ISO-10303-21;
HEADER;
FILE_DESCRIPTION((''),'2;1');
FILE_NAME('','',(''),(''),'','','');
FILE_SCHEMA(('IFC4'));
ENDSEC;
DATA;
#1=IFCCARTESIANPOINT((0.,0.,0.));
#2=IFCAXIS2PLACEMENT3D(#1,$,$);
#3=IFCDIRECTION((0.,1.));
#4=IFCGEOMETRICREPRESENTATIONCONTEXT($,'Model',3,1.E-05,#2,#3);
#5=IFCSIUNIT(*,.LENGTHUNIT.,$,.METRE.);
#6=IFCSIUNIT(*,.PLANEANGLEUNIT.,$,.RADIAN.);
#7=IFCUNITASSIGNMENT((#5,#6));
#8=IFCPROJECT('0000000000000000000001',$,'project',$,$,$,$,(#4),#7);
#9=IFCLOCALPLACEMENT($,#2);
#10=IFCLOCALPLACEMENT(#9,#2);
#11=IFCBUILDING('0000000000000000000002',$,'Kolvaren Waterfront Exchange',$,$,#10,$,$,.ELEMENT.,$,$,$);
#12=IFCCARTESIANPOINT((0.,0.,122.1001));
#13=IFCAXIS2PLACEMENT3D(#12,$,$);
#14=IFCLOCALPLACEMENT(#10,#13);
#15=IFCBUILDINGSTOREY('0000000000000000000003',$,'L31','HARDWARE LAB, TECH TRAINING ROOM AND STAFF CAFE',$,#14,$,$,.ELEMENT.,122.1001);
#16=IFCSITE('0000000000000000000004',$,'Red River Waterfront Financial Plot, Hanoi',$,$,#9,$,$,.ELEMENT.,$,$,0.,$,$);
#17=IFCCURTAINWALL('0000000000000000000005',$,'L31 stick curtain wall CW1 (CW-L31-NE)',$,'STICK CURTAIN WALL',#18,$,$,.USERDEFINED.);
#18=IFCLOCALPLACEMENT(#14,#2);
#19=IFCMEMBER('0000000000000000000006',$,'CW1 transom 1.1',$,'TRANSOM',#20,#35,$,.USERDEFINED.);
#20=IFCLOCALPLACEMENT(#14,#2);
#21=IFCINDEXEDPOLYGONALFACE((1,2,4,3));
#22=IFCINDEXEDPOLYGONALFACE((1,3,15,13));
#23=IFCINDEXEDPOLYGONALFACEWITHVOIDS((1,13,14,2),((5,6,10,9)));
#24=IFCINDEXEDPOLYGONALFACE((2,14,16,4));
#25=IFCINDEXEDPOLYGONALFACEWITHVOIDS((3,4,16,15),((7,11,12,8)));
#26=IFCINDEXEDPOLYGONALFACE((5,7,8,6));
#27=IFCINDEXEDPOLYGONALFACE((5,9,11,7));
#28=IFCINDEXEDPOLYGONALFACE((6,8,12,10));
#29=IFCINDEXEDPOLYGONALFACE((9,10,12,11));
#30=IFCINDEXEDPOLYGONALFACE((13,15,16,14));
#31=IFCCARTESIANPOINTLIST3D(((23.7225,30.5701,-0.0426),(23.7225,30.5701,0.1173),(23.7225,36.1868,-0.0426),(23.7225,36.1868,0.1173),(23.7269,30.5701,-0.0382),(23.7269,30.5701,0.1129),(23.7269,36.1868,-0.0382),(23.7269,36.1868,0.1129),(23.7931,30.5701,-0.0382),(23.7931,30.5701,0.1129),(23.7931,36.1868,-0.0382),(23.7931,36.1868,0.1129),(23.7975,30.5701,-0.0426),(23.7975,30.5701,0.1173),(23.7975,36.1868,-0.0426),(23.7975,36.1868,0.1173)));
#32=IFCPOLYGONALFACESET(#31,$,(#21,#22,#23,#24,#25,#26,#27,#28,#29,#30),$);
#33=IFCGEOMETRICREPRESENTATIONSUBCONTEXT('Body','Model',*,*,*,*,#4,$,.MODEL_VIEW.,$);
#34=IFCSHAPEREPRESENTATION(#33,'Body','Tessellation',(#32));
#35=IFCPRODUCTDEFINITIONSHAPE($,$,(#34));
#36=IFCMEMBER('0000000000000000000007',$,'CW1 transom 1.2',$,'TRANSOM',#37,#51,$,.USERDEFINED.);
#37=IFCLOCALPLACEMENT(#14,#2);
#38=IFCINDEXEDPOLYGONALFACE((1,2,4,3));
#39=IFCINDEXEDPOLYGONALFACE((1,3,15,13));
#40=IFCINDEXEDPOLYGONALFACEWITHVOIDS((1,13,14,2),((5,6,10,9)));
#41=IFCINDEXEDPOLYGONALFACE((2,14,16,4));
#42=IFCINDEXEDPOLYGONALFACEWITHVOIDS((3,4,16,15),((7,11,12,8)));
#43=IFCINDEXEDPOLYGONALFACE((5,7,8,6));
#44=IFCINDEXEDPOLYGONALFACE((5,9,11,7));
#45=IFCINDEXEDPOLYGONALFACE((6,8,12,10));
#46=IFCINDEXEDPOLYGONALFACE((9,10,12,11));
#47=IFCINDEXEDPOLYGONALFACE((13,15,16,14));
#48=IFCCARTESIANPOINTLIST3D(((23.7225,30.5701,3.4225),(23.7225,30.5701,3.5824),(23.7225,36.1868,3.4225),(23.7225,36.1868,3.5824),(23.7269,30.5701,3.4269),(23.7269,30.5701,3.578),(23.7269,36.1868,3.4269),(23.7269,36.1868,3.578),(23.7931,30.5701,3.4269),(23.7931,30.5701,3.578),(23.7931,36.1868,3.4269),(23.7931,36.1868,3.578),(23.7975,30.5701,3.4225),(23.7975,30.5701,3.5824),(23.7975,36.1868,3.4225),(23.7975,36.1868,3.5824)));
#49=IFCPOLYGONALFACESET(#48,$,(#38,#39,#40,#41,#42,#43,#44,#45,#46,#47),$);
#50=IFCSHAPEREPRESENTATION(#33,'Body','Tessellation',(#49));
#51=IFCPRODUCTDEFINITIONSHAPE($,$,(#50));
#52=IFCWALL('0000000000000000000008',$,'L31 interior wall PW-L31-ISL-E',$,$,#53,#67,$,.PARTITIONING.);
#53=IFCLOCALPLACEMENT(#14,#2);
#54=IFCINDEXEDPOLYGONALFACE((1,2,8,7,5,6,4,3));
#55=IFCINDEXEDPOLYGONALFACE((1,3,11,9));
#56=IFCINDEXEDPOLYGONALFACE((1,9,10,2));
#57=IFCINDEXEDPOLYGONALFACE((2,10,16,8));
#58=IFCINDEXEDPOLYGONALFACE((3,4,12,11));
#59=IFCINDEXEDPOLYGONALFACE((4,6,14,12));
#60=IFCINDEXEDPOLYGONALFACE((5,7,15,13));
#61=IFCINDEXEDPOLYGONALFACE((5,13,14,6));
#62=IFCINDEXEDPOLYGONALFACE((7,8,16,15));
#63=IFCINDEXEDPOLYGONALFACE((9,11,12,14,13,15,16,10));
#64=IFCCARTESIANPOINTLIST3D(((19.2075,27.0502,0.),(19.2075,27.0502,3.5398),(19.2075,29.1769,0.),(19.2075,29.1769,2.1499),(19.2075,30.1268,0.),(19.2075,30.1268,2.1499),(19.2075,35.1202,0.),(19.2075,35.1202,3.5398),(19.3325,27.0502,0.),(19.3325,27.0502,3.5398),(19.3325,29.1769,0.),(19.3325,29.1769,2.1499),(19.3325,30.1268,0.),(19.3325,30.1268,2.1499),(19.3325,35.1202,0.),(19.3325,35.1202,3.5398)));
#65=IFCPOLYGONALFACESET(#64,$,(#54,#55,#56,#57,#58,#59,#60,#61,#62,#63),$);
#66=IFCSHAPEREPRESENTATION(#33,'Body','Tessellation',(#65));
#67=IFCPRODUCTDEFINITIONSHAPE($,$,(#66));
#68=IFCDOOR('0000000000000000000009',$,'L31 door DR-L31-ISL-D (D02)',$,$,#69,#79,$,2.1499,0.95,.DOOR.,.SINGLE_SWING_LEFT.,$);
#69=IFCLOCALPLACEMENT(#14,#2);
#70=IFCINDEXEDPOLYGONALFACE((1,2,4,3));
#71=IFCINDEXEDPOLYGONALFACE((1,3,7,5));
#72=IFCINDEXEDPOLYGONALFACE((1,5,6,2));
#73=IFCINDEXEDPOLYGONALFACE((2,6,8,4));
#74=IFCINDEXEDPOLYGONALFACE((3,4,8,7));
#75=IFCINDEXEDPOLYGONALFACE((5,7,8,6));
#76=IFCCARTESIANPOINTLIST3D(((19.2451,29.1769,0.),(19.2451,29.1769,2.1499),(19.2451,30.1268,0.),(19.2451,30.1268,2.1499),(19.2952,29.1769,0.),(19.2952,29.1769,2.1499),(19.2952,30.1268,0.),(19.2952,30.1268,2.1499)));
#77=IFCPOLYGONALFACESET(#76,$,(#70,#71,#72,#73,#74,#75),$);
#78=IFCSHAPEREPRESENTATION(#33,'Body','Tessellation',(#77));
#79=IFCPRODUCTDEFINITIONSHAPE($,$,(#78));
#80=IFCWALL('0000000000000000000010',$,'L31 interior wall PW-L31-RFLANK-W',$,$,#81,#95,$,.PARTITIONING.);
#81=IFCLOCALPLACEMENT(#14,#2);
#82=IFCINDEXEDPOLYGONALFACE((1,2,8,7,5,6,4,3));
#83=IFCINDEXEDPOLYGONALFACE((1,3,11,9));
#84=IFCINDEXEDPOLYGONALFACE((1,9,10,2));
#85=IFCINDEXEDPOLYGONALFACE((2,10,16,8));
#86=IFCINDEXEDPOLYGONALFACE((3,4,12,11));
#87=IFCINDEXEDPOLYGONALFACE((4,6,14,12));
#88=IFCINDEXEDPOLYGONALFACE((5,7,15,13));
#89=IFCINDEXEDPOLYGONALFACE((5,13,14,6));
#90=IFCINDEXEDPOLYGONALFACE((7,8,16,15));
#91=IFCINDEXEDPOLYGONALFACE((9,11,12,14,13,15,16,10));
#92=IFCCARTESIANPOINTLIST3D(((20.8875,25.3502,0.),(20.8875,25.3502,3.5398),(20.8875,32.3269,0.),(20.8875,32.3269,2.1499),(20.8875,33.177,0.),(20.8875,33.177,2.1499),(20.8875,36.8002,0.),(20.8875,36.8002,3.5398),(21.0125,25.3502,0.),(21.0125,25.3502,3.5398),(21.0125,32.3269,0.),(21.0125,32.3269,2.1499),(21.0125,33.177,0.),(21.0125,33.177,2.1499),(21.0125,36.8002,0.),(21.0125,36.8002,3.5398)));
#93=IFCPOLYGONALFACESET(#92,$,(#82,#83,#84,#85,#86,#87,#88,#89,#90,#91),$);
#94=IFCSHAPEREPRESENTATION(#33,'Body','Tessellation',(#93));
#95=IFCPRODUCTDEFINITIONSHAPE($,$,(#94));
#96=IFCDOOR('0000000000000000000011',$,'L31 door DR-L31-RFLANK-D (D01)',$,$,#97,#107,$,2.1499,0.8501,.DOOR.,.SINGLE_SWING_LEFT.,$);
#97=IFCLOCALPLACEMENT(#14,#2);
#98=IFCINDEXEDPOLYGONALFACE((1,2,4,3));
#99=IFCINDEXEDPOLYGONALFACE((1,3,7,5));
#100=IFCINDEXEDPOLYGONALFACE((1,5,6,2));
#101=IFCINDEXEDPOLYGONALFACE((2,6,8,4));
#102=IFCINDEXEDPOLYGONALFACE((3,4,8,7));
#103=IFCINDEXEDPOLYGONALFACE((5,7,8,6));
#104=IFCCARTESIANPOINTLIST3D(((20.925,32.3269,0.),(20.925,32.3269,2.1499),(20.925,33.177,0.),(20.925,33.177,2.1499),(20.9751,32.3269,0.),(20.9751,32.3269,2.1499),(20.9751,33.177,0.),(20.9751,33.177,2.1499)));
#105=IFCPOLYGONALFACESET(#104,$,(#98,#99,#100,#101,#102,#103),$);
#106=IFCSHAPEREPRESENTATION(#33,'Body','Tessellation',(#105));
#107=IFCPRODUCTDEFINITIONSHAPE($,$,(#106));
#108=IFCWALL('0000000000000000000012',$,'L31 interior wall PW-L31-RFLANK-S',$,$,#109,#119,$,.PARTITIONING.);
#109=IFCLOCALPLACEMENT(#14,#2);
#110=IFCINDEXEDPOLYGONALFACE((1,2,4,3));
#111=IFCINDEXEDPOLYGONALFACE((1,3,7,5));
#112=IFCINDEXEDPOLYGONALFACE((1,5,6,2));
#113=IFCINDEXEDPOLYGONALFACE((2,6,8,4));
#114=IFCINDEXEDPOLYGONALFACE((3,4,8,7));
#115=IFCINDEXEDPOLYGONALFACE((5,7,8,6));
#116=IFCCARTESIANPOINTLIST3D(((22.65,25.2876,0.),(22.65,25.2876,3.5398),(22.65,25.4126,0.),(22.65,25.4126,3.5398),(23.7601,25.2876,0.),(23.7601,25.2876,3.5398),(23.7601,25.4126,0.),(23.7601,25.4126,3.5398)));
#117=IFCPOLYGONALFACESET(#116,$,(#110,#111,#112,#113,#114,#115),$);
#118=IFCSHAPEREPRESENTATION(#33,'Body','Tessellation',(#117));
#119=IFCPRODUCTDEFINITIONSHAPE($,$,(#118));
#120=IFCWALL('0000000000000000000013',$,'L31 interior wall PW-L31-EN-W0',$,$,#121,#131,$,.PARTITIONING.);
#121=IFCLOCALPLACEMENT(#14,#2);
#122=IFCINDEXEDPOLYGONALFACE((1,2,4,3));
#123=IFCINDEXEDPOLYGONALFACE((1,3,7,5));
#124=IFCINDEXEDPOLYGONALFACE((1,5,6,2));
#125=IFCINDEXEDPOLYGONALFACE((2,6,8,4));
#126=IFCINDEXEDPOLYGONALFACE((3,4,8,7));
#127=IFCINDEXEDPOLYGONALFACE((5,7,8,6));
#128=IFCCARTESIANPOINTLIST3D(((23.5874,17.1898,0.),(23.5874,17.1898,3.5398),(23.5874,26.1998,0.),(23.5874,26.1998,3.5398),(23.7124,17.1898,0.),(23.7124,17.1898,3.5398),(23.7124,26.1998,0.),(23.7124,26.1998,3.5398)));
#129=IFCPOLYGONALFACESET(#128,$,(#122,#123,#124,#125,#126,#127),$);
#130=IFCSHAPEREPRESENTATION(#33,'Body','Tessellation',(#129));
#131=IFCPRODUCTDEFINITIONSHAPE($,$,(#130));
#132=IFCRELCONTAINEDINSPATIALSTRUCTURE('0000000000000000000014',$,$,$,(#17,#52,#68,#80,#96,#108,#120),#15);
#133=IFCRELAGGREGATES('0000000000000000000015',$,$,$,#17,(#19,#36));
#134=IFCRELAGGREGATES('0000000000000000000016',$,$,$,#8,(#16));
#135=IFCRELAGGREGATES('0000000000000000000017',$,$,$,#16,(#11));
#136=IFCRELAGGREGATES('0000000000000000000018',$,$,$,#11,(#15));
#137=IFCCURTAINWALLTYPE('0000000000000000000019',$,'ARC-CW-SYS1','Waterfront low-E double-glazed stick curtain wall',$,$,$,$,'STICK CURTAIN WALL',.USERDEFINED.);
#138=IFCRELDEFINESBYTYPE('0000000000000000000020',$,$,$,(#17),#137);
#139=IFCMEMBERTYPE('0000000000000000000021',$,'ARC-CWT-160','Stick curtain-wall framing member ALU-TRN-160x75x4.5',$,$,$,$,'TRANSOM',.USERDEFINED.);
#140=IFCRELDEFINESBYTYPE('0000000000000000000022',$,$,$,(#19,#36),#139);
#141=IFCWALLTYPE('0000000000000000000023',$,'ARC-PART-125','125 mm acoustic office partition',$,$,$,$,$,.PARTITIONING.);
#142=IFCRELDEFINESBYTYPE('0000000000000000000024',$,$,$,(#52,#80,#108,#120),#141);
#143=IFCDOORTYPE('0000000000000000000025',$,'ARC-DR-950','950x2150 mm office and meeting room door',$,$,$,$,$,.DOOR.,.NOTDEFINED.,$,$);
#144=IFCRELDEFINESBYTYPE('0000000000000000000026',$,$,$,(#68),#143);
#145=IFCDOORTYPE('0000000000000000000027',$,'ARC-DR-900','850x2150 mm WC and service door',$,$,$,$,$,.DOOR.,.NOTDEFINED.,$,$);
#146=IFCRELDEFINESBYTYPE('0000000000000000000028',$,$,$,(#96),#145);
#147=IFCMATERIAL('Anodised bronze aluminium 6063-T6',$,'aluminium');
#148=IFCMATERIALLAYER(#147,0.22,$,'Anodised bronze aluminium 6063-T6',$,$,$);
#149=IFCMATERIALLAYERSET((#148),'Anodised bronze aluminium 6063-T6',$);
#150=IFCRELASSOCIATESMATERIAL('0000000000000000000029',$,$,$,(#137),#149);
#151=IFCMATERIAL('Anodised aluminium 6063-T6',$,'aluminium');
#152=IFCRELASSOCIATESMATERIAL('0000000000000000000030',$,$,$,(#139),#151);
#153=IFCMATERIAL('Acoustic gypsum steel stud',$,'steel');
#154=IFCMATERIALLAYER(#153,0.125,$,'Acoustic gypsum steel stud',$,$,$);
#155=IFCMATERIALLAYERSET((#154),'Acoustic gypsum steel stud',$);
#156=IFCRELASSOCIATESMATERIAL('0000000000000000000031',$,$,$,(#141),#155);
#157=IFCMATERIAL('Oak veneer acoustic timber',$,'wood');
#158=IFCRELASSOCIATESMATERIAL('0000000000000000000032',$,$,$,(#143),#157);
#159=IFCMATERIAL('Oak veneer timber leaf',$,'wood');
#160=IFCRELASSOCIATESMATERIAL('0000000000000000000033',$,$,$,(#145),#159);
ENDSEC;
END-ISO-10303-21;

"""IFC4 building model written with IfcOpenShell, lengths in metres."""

from ifc_helpers import new_model, si_unit, direction, frame, frame_2d, origin, origin_with_axes, origin_2d, place, context, subcontext, project, spatial, rectangle, hollow_rectangle, extrude, source, transform, mapped, material, layer, layer_set, material_profile, profile_set, type_object, element, fill, aggregate, save


model = new_model("IFC4")

# Units and contexts
model_context = context("Model", 3, precision=1e-05, world=origin(), true_north=direction((0.0, 1.0)))
body_context = subcontext(model_context, "Body", "Model", "MODEL_VIEW")
ifc_project = project(units=[si_unit("LENGTHUNIT", "METRE"), si_unit("PLANEANGLEUNIT", "RADIAN")], contexts=[model_context])

# Site, building, storey
site_placement = place(None, origin())
site = spatial("IfcSite", under=ifc_project, at=site_placement, Name="Red River Waterfront Financial Plot, Hanoi", CompositionType="ELEMENT", RefElevation=0.0)
building_placement = place(site_placement, origin())
building = spatial("IfcBuilding", under=site, at=building_placement, Name="Kolvaren Waterfront Exchange", CompositionType="ELEMENT")
storey_placement = place(building_placement, frame((0.0, 0.0, 122.1001)))
storey = spatial("IfcBuildingStorey", under=building, at=storey_placement, Name="L31", Description="HARDWARE LAB, TECH TRAINING ROOM AND STAFF CAFE", CompositionType="ELEMENT", Elevation=122.1001)

# Curtain wall, members
ifc_material_1 = material(Name="Anodised bronze aluminium 6063-T6", Category="aluminium")
ifc_layer_1 = layer(ifc_material_1, 0.22, Name="Anodised bronze aluminium 6063-T6")
ifc_layer_set_1 = layer_set([ifc_layer_1], Name="Anodised bronze aluminium 6063-T6")
curtain_wall_type = type_object("IfcCurtainWallType", Name="ARC-CW-SYS1", Description="Waterfront low-E double-glazed stick curtain wall", ElementType="STICK CURTAIN WALL", PredefinedType="USERDEFINED", material=ifc_layer_set_1)
curtain_wall_placement = place(storey_placement, origin())
curtain_wall = element("IfcCurtainWall", 1, at=curtain_wall_placement, inside=storey, type_object=curtain_wall_type, Name="L31 stick curtain wall CW1 (CW-L31-NE)", ObjectType="STICK CURTAIN WALL", PredefinedType="USERDEFINED")
ifc_material_2 = material(Name="Anodised aluminium 6063-T6", Category="aluminium")
ifc_material_profile_1 = material_profile(ifc_material_2, hollow_rectangle(XDim=0.075, YDim=0.1599, WallThickness=0.0044, at=origin_2d()), Name="ALU-TRN-160x75x4.5")
ifc_profile_set_1 = profile_set([ifc_material_profile_1], Name="Anodised aluminium 6063-T6")
member_type_1 = type_object("IfcMemberType", Name="ARC-CWT-160", Description="Stick curtain-wall framing member ALU-TRN-160x75x4.5", ElementType="TRANSOM", PredefinedType="USERDEFINED", material=ifc_profile_set_1)
shared_shape_1 = source(origin_with_axes(), body_context, "Body", "SweptSolid", [
    extrude(hollow_rectangle(XDim=0.075, YDim=0.1599, WallThickness=0.0044, at=origin_2d()), origin(), (0.0, 0.0, 1.0), 5.6167),
])
member_1_placement = place(storey_placement, frame((23.76, 30.5701, 0.0374), z_axis=(0.0, 1.0, 0.0), x_axis=(-1.0, 0.0, 0.0)))
member_1 = element("IfcMember", 2, at=member_1_placement, type_object=member_type_1, Name="CW1 transom 1.1", ObjectType="TRANSOM", PredefinedType="USERDEFINED", context=body_context, shape_type="MappedRepresentation", body=[
    mapped(shared_shape_1, transform((0.0, 0.0, 0.0), x_axis=(1.0, 0.0, 0.0), y_axis=(0.0, 1.0, 0.0), z_axis=(0.0, 0.0, 1.0), scale=1.0)),
])
member_2_placement = place(storey_placement, frame((23.76, 30.5701, 3.5024), z_axis=(0.0, 1.0, 0.0), x_axis=(-1.0, 0.0, 0.0)))
member_2 = element("IfcMember", 3, at=member_2_placement, type_object=member_type_1, Name="CW1 transom 1.2", ObjectType="TRANSOM", PredefinedType="USERDEFINED", context=body_context, shape_type="MappedRepresentation", body=[
    mapped(shared_shape_1, transform((0.0, 0.0, 0.0), x_axis=(1.0, 0.0, 0.0), y_axis=(0.0, 1.0, 0.0), z_axis=(0.0, 0.0, 1.0), scale=1.0)),
])
aggregate(curtain_wall, [member_1, member_2])

# Walls, openings, doors
ifc_material_3 = material(Name="Acoustic gypsum steel stud", Category="steel")
ifc_layer_2 = layer(ifc_material_3, 0.125, Name="Acoustic gypsum steel stud")
ifc_layer_set_2 = layer_set([ifc_layer_2], Name="Acoustic gypsum steel stud")
wall_type_1 = type_object("IfcWallType", Name="ARC-PART-125", Description="125 mm acoustic office partition", PredefinedType="PARTITIONING", material=ifc_layer_set_2)
wall_1_placement = place(storey_placement, frame((19.27, 27.05, 0.0), z_axis=(0.0, 0.0, 1.0), x_axis=(0.0, 1.0, 0.0)))
wall_1 = element("IfcWall", 4, at=wall_1_placement, inside=storey, type_object=wall_type_1, Name="L31 interior wall PW-L31-ISL-E", PredefinedType="PARTITIONING", context=body_context, shape_type="SweptSolid", body=[
    extrude(rectangle(XDim=8.0701, YDim=0.125, at=frame_2d((4.0352, 0.0))), origin(), (0.0, 0.0, 1.0), 3.5398),
])
opening_1_placement = place(wall_1_placement, frame((2.1267, 0.0, 0.0)))
opening_1 = element("IfcOpeningElement", 5, at=opening_1_placement, cuts=wall_1, PredefinedType="OPENING", context=body_context, shape_type="SweptSolid", body=[
    extrude(rectangle(XDim=0.95, YDim=2.1499, at=frame_2d((0.4751, 1.075))), frame((0.0, 0.0725, 0.0), z_axis=(0.0, -1.0, 0.0), x_axis=(1.0, 0.0, 0.0)), (0.0, 0.0, 1.0), 0.145),
])
ifc_material_4 = material(Name="Oak veneer acoustic timber", Category="wood")
door_type_1 = type_object("IfcDoorType", Name="ARC-DR-950", Description="950x2150 mm office and meeting room door", OperationType="NOTDEFINED", PredefinedType="DOOR", material=ifc_material_4)
door_1_placement = place(opening_1_placement, origin())
door_1 = element("IfcDoor", 6, at=door_1_placement, inside=storey, type_object=door_type_1, Name="L31 door DR-L31-ISL-D (D02)", OperationType="SINGLE_SWING_LEFT", OverallHeight=2.1499, OverallWidth=0.95, PredefinedType="DOOR", context=body_context, shape_type="SweptSolid", body=[
    extrude(rectangle(XDim=0.95, YDim=2.1499, at=frame_2d((0.4751, 1.075))), frame((0.0, 0.0249, 0.0), z_axis=(0.0, -1.0, 0.0), x_axis=(1.0, 0.0, 0.0)), (0.0, 0.0, 1.0), 0.05),
])
fill(opening_1, door_1)
wall_2_placement = place(storey_placement, frame((20.95, 25.3501, 0.0), z_axis=(0.0, 0.0, 1.0), x_axis=(0.0, 1.0, 0.0)))
wall_2 = element("IfcWall", 7, at=wall_2_placement, inside=storey, type_object=wall_type_1, Name="L31 interior wall PW-L31-RFLANK-W", PredefinedType="PARTITIONING", context=body_context, shape_type="SweptSolid", body=[
    extrude(rectangle(XDim=11.45, YDim=0.125, at=frame_2d((5.7251, 0.0))), origin(), (0.0, 0.0, 1.0), 3.5398),
])
opening_2_placement = place(wall_2_placement, frame((6.9768, 0.0, 0.0)))
opening_2 = element("IfcOpeningElement", 8, at=opening_2_placement, cuts=wall_2, PredefinedType="OPENING", context=body_context, shape_type="SweptSolid", body=[
    extrude(rectangle(XDim=0.8501, YDim=2.1499, at=frame_2d((0.425, 1.075))), frame((0.0, 0.0725, 0.0), z_axis=(0.0, -1.0, 0.0), x_axis=(1.0, 0.0, 0.0)), (0.0, 0.0, 1.0), 0.145),
])
ifc_material_5 = material(Name="Oak veneer timber leaf", Category="wood")
door_type_2 = type_object("IfcDoorType", Name="ARC-DR-900", Description="850x2150 mm WC and service door", OperationType="NOTDEFINED", PredefinedType="DOOR", material=ifc_material_5)
door_2_placement = place(opening_2_placement, origin())
door_2 = element("IfcDoor", 9, at=door_2_placement, inside=storey, type_object=door_type_2, Name="L31 door DR-L31-RFLANK-D (D01)", OperationType="SINGLE_SWING_LEFT", OverallHeight=2.1499, OverallWidth=0.8501, PredefinedType="DOOR", context=body_context, shape_type="SweptSolid", body=[
    extrude(rectangle(XDim=0.8501, YDim=2.1499, at=frame_2d((0.425, 1.075))), frame((0.0, 0.0249, 0.0), z_axis=(0.0, -1.0, 0.0), x_axis=(1.0, 0.0, 0.0)), (0.0, 0.0, 1.0), 0.05),
])
fill(opening_2, door_2)

# Walls
wall_3_placement = place(storey_placement, frame((22.6499, 25.3501, 0.0), z_axis=(0.0, 0.0, 1.0), x_axis=(1.0, 0.0, 0.0)))
element("IfcWall", 10, at=wall_3_placement, inside=storey, type_object=wall_type_1, Name="L31 interior wall PW-L31-RFLANK-S", PredefinedType="PARTITIONING", context=body_context, shape_type="SweptSolid", body=[
    extrude(rectangle(XDim=1.1101, YDim=0.125, at=frame_2d((0.5552, 0.0))), origin(), (0.0, 0.0, 1.0), 3.5398),
])
wall_4_placement = place(storey_placement, frame((23.6499, 17.1899, 0.0), z_axis=(0.0, 0.0, 1.0), x_axis=(0.0, 1.0, 0.0)))
element("IfcWall", 11, at=wall_4_placement, inside=storey, type_object=wall_type_1, Name="L31 interior wall PW-L31-EN-W0", PredefinedType="PARTITIONING", context=body_context, shape_type="SweptSolid", body=[
    extrude(rectangle(XDim=9.01, YDim=0.125, at=frame_2d((4.5049, 0.0))), origin(), (0.0, 0.0, 1.0), 3.5398),
])

save(model, "model.ifc")
